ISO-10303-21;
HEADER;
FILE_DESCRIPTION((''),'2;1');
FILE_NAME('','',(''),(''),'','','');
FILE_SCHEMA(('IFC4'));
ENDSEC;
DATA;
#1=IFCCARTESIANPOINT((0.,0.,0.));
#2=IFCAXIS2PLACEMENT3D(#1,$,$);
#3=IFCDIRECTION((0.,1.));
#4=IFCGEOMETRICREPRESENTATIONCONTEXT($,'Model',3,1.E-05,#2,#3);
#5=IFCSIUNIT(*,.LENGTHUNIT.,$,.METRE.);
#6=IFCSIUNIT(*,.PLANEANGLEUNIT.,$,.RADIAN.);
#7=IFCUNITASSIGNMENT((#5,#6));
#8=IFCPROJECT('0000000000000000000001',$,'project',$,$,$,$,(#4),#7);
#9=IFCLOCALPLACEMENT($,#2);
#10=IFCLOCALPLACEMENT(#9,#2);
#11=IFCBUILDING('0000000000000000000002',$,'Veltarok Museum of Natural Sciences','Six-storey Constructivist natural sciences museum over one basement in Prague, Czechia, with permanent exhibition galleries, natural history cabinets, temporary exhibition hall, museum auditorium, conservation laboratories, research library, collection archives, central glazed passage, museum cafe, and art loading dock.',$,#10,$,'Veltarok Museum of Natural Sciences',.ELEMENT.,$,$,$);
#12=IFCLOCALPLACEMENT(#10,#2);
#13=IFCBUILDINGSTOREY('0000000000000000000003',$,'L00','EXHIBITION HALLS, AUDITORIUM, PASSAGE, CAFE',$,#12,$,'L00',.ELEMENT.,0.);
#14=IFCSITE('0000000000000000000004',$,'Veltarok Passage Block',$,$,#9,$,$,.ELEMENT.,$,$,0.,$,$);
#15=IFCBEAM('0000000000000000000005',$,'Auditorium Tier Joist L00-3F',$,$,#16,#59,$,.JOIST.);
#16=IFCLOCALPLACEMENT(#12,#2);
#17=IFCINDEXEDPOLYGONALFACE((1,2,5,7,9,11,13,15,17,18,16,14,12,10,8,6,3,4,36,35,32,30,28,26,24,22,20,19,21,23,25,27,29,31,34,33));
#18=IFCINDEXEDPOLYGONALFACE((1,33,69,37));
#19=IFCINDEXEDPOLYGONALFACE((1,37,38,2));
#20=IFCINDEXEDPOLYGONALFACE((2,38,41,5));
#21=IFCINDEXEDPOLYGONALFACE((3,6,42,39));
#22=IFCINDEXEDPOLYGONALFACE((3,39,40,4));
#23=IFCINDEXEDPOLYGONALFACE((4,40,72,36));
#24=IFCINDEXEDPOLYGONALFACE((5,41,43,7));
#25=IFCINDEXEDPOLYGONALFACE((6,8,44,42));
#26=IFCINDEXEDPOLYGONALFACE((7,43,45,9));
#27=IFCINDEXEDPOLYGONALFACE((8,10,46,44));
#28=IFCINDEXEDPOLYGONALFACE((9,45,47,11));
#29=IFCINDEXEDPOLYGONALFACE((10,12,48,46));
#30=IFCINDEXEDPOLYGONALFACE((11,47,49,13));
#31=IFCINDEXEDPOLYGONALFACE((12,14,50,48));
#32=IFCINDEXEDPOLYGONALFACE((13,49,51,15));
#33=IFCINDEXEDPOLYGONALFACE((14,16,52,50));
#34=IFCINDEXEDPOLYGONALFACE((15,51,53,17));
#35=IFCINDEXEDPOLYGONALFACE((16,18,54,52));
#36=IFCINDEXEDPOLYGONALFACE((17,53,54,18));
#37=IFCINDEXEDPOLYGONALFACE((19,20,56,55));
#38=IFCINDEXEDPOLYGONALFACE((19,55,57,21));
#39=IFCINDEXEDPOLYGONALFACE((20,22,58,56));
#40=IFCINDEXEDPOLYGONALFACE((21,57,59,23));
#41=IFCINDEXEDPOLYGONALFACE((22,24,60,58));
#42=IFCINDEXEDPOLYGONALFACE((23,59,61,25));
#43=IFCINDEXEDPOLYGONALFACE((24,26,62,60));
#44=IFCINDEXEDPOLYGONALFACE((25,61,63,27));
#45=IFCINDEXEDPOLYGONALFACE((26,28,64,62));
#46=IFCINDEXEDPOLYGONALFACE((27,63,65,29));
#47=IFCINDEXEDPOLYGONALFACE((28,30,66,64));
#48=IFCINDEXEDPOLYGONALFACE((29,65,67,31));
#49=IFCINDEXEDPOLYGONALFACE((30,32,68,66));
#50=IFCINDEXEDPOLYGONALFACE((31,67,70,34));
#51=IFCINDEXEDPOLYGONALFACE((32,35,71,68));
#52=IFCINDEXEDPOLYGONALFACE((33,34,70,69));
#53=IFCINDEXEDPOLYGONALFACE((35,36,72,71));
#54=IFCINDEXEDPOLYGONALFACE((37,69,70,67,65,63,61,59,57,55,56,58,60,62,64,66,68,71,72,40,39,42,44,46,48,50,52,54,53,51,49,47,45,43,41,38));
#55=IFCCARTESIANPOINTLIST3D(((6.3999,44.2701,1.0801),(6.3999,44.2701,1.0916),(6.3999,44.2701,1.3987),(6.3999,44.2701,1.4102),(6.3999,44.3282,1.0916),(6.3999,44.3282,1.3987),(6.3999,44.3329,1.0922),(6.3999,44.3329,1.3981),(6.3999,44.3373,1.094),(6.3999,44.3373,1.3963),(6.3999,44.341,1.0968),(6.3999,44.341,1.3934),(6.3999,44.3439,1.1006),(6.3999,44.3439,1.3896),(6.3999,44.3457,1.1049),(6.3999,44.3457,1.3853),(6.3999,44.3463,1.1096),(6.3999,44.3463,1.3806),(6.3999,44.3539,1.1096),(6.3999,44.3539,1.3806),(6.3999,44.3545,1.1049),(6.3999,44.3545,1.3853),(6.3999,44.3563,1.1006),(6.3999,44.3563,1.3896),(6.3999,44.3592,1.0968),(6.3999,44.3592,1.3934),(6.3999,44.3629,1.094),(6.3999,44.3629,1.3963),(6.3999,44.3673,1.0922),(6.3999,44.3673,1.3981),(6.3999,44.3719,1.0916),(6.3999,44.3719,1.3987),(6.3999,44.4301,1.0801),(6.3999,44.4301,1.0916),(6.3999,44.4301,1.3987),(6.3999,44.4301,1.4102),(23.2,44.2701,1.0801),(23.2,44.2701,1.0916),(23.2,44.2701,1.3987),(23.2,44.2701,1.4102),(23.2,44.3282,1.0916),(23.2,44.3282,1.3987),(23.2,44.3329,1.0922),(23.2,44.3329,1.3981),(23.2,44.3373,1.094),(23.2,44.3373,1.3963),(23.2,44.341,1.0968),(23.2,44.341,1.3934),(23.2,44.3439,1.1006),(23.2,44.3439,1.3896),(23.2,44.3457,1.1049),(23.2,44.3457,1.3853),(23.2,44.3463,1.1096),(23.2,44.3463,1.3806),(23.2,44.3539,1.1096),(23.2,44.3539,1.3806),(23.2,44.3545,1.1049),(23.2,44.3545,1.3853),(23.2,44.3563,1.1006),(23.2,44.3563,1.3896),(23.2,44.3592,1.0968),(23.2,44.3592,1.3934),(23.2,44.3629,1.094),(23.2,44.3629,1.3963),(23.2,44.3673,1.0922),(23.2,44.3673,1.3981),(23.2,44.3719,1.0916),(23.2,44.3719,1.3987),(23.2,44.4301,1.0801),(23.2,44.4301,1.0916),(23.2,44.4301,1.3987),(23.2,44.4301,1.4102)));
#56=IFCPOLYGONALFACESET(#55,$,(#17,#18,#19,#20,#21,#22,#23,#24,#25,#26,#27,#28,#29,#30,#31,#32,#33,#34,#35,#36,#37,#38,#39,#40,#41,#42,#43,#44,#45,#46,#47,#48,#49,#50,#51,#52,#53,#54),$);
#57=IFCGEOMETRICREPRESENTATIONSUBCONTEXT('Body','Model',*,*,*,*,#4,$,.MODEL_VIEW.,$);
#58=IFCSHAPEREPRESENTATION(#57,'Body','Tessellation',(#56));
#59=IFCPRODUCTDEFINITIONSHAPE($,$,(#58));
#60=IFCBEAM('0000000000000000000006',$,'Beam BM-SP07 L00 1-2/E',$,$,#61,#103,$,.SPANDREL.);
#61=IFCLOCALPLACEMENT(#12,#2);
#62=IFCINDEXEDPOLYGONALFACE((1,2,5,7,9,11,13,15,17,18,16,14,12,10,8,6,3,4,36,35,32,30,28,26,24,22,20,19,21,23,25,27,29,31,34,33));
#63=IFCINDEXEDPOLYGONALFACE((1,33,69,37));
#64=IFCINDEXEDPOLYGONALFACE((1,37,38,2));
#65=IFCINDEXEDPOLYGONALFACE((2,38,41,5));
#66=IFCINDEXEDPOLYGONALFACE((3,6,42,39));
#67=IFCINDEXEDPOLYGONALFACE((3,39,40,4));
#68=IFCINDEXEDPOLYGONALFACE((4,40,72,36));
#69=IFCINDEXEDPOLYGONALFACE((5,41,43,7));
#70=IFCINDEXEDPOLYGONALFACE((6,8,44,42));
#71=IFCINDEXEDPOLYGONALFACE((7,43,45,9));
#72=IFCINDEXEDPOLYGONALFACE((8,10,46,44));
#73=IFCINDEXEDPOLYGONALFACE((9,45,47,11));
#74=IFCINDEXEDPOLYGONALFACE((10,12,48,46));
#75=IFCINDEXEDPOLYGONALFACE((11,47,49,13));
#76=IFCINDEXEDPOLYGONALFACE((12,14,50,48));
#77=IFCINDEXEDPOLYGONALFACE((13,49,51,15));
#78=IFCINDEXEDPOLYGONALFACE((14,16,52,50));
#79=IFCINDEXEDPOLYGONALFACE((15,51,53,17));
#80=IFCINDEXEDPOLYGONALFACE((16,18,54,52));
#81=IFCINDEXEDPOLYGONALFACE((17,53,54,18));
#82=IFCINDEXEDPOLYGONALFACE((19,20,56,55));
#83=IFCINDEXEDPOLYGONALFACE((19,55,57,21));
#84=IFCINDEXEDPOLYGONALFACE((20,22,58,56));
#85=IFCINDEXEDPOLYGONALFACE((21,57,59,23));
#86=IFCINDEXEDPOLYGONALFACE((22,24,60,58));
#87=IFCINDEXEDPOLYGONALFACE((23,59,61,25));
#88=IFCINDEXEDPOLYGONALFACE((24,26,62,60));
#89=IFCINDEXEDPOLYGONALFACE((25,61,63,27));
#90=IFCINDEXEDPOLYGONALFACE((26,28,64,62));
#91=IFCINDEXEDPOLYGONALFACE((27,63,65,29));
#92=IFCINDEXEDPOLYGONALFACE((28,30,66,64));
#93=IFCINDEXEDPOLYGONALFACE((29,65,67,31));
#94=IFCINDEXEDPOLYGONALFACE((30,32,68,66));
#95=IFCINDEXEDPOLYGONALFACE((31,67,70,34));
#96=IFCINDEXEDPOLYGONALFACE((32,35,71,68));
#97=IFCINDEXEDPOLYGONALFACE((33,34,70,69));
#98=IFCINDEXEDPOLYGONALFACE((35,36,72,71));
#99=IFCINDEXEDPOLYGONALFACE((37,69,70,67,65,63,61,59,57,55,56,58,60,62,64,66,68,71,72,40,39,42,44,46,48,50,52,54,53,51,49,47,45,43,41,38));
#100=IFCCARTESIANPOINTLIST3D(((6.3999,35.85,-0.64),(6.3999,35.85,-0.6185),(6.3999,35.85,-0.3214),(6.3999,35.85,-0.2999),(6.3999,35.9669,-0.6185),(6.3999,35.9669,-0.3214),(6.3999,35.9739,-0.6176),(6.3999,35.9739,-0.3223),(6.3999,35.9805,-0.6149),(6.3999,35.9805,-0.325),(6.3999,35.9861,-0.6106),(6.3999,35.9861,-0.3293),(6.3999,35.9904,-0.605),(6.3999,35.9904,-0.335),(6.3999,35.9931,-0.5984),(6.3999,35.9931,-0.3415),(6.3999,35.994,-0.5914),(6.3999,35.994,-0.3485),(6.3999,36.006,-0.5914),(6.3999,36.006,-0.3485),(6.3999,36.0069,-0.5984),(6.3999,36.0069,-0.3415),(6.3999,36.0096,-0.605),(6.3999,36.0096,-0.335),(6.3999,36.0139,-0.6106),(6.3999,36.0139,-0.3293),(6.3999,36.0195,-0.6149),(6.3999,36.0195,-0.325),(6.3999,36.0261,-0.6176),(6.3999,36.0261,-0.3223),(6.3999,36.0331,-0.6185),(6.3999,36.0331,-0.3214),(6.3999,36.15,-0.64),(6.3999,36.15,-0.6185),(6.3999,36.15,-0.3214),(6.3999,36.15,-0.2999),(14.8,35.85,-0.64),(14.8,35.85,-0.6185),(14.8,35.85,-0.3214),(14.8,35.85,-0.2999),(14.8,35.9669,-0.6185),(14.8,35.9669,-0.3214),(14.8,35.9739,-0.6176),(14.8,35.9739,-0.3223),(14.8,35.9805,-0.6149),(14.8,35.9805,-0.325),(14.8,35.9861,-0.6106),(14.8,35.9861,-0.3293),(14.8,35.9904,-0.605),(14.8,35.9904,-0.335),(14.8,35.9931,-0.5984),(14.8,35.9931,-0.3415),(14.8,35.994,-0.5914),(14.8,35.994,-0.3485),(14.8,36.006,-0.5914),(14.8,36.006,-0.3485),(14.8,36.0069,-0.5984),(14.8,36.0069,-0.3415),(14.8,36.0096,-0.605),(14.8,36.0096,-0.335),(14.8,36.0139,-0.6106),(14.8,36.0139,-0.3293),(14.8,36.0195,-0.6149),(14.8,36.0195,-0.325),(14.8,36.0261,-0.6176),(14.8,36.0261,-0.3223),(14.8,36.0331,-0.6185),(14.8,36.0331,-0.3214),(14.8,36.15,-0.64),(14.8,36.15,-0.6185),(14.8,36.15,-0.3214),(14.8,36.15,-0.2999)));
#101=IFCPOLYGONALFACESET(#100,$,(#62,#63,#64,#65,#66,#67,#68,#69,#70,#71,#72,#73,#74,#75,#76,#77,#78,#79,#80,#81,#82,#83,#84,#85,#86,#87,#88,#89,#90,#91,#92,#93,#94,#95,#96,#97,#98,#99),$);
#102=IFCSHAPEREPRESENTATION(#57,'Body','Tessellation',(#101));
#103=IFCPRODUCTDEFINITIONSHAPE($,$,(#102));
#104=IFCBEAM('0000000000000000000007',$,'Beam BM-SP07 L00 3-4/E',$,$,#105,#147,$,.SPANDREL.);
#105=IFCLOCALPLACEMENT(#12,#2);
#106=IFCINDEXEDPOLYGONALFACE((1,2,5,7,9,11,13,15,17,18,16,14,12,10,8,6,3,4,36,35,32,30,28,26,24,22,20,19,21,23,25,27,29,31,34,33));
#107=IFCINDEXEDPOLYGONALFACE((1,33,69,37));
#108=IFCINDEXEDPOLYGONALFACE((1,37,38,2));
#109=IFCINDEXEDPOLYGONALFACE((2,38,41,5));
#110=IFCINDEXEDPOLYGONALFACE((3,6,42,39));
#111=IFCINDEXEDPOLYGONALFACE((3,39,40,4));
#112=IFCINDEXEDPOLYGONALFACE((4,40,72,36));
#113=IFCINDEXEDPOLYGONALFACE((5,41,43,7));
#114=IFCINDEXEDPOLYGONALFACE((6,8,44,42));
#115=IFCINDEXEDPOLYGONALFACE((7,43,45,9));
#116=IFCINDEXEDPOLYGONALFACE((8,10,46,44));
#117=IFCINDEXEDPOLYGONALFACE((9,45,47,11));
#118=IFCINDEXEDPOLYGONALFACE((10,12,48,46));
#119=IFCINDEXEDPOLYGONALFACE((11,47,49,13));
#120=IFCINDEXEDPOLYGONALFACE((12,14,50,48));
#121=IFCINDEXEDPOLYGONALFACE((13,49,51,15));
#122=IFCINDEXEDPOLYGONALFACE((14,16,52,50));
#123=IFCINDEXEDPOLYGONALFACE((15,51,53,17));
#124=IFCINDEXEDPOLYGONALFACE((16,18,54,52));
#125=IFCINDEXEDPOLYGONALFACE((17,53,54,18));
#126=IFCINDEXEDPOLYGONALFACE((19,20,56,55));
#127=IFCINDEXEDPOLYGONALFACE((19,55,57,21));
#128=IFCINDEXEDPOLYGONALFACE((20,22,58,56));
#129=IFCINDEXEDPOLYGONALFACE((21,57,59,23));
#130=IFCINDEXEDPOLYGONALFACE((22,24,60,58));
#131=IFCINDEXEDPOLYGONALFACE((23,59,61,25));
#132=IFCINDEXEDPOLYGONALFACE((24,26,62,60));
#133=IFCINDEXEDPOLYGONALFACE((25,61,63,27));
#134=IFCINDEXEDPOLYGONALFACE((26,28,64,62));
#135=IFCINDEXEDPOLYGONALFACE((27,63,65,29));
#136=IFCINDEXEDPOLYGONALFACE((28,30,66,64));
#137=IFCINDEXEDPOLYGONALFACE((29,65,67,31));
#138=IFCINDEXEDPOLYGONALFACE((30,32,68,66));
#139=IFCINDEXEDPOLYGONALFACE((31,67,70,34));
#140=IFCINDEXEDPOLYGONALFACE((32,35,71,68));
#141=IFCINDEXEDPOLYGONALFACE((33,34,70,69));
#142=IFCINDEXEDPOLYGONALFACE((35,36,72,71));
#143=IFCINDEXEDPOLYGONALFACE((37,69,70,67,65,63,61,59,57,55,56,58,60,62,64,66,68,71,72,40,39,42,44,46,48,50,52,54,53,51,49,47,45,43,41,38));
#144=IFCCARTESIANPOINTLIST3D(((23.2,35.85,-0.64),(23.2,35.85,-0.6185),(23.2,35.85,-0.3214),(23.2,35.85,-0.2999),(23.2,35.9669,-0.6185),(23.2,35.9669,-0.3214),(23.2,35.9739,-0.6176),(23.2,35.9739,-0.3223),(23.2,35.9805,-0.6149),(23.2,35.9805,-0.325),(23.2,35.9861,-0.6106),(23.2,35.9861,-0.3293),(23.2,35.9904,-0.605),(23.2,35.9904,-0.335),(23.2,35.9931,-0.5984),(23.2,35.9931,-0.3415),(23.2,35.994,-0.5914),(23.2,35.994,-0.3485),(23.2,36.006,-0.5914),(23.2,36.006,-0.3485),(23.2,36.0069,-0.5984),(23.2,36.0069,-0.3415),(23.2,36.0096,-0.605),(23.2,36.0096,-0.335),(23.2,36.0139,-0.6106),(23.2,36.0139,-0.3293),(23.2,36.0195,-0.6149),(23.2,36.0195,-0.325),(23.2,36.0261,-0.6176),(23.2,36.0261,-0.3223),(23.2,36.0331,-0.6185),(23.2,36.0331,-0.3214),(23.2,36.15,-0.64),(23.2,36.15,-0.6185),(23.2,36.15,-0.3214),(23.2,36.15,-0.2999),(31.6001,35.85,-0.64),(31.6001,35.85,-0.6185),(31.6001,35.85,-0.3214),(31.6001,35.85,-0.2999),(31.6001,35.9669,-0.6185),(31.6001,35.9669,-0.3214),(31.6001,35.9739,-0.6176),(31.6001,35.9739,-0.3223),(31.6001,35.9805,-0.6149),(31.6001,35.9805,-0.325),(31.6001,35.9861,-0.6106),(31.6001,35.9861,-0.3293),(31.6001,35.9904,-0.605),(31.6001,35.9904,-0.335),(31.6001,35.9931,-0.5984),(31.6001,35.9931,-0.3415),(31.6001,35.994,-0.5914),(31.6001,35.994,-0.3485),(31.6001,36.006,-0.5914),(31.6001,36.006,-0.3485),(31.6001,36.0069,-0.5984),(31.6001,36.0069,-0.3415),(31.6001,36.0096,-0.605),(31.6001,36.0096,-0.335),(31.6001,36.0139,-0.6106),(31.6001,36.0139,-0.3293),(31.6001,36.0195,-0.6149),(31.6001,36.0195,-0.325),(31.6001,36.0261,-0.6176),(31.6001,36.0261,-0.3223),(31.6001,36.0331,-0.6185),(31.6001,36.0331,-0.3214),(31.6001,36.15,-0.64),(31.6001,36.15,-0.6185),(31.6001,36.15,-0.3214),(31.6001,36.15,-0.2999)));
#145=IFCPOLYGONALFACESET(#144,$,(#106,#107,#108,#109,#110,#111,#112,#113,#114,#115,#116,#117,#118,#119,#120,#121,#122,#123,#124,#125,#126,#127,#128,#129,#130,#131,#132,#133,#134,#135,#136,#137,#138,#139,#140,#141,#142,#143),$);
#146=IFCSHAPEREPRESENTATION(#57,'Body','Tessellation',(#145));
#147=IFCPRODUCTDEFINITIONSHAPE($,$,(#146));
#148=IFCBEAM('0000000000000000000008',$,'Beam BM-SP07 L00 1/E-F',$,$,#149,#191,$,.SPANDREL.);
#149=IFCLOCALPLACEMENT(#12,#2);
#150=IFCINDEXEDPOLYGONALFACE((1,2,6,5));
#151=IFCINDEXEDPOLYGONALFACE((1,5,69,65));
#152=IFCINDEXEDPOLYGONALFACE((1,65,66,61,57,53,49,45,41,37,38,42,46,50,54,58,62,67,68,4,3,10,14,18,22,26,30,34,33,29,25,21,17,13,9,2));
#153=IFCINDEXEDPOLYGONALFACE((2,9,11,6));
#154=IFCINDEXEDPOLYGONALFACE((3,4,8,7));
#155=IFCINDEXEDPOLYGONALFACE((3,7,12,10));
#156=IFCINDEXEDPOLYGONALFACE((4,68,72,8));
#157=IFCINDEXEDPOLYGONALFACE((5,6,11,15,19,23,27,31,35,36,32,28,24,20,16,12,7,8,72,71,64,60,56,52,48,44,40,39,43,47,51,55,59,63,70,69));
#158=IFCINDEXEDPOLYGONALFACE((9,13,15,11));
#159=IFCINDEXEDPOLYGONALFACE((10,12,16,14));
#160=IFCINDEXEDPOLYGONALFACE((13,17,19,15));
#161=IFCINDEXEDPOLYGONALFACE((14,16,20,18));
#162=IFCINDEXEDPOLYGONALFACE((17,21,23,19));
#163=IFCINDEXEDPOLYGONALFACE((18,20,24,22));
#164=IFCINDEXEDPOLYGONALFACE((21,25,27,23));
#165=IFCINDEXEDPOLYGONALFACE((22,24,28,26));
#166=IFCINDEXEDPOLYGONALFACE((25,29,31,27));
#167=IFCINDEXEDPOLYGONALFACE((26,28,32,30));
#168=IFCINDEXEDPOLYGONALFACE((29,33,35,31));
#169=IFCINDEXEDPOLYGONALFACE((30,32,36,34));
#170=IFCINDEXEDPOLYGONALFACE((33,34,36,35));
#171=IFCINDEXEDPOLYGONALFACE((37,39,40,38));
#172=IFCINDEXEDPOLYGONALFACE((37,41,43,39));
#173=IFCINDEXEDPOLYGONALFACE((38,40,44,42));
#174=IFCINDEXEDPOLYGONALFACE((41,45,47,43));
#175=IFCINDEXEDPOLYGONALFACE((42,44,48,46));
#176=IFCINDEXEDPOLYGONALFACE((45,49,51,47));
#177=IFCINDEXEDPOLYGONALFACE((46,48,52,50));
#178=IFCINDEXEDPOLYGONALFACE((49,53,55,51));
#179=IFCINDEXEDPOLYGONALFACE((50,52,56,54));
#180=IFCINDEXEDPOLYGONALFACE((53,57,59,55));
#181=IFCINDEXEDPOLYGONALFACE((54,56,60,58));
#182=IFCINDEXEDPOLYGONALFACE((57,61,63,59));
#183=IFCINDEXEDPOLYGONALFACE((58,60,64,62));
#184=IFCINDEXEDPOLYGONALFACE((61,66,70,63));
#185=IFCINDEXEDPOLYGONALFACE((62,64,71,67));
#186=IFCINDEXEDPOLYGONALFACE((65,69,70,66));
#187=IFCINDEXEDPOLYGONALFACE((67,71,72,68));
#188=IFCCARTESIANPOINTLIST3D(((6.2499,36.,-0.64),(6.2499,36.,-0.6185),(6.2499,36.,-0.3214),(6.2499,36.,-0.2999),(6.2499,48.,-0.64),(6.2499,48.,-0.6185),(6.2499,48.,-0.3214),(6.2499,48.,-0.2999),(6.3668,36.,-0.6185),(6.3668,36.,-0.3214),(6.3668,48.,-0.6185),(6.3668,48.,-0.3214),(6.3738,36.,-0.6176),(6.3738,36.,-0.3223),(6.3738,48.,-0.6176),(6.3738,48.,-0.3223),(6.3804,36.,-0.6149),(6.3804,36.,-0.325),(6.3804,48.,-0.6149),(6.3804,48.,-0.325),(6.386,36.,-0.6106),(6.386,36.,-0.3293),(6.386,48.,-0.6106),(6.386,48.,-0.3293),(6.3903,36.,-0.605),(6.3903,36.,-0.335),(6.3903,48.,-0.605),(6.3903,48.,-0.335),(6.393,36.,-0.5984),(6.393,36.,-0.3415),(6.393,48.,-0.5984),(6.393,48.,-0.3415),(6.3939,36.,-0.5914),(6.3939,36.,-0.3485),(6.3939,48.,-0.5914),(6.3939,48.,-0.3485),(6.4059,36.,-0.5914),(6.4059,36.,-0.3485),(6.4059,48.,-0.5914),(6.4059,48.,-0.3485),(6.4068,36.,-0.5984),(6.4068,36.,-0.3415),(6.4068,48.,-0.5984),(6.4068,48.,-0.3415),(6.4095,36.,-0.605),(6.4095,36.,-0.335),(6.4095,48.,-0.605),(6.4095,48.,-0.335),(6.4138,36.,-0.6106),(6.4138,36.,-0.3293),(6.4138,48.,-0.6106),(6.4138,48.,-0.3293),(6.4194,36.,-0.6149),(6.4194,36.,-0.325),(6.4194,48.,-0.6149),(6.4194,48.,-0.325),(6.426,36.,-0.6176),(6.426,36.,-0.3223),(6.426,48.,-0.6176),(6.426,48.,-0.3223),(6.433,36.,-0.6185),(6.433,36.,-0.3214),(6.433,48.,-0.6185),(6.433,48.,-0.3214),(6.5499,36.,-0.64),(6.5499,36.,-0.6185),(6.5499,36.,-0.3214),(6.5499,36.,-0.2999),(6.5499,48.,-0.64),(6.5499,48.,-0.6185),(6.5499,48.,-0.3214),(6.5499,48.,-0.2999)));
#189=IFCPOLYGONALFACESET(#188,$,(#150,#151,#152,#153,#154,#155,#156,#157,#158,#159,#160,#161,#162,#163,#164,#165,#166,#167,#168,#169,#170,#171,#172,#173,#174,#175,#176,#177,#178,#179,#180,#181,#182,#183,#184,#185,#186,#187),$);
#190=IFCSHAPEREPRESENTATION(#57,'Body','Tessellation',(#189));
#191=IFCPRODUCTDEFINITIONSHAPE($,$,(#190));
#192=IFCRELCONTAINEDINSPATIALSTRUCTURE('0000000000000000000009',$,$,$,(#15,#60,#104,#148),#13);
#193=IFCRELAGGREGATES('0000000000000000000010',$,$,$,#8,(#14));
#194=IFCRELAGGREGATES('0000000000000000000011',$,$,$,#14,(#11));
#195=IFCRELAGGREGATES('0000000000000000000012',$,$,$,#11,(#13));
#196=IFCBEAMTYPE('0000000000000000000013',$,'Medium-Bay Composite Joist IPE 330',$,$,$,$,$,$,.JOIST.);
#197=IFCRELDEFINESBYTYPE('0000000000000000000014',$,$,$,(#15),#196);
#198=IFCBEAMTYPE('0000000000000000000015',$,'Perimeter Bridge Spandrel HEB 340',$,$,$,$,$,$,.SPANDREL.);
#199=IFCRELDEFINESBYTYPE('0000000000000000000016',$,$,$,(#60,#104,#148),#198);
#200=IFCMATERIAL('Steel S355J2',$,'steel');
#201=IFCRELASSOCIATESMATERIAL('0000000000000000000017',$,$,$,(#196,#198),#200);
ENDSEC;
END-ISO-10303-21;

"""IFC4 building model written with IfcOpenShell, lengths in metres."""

from ifc_helpers import new_model, si_unit, direction, frame, origin, origin_2d, place, context, subcontext, project, spatial, i_section, extrude, material, material_profile, profile_set, type_object, element, save


model = new_model("IFC4")

# Units and contexts
model_context = context("Model", 3, precision=1e-05, world=origin(), true_north=direction((0.0, 1.0)))
body_context = subcontext(model_context, "Body", "Model", "MODEL_VIEW")
ifc_project = project(units=[si_unit("LENGTHUNIT", "METRE"), si_unit("PLANEANGLEUNIT", "RADIAN")], contexts=[model_context])

# Site, building, storey
site_placement = place(None, origin())
site = spatial("IfcSite", under=ifc_project, at=site_placement, Name="Veltarok Passage Block", CompositionType="ELEMENT", RefElevation=0.0)
building_placement = place(site_placement, origin())
building = spatial("IfcBuilding", under=site, at=building_placement, Name="Veltarok Museum of Natural Sciences", Description="Six-storey Constructivist natural sciences museum over one basement in Prague, Czechia, with permanent exhibition galleries, natural history cabinets, temporary exhibition hall, museum auditorium, conservation laboratories, research library, collection archives, central glazed passage, museum cafe, and art loading dock.", LongName="Veltarok Museum of Natural Sciences", CompositionType="ELEMENT")
storey_placement = place(building_placement, origin())
storey = spatial("IfcBuildingStorey", under=building, at=storey_placement, Name="L00", Description="EXHIBITION HALLS, AUDITORIUM, PASSAGE, CAFE", LongName="L00", CompositionType="ELEMENT", Elevation=0.0)

# Shared definitions
ifc_material_1 = material(Name="Steel S355J2", Category="steel")

# Beams
ifc_material_profile_1 = material_profile(ifc_material_1, i_section(OverallWidth=0.1599, OverallDepth=0.3301, WebThickness=0.0076, FlangeThickness=0.0115, FilletRadius=0.0181, at=origin_2d()), Name="IPE 330")
ifc_profile_set_1 = profile_set([ifc_material_profile_1], Name="Steel S355J2")
beam_type_1 = type_object("IfcBeamType", Name="Medium-Bay Composite Joist IPE 330", PredefinedType="JOIST", material=ifc_profile_set_1)
for number, where, z_axis, x_axis, name in (
    (1, (6.3999, 44.3501, 1.2451), (1.0, 0.0, 0.0), (0.0, 1.0, 0.0), "Auditorium Tier Joist L00-3F"),
):
    element("IfcBeam", number, at=place(storey_placement, frame(where, z_axis=z_axis, x_axis=x_axis)), inside=storey, type_object=beam_type_1, Name=name, PredefinedType="JOIST", context=body_context, shape_type="SweptSolid", body=[
        extrude(i_section(OverallWidth=0.1599, OverallDepth=0.3301, WebThickness=0.0076, FlangeThickness=0.0115, FilletRadius=0.0181, at=origin_2d()), origin(), (0.0, 0.0, 1.0), 16.8),
    ])
ifc_material_profile_2 = material_profile(ifc_material_1, i_section(OverallWidth=0.3, OverallDepth=0.3401, WebThickness=0.012, FlangeThickness=0.0215, FilletRadius=0.0271, at=origin_2d()), Name="HEB 340")
ifc_profile_set_2 = profile_set([ifc_material_profile_2], Name="Steel S355J2")
beam_type_2 = type_object("IfcBeamType", Name="Perimeter Bridge Spandrel HEB 340", PredefinedType="SPANDREL", material=ifc_profile_set_2)
for number, where, z_axis, x_axis, name in (
    (2, (6.3999, 36.0, -0.47), (1.0, 0.0, 0.0), (0.0, 1.0, 0.0), "Beam BM-SP07 L00 1-2/E"),
    (3, (23.2, 36.0, -0.47), (1.0, 0.0, 0.0), (0.0, 1.0, 0.0), "Beam BM-SP07 L00 3-4/E"),
):
    element("IfcBeam", number, at=place(storey_placement, frame(where, z_axis=z_axis, x_axis=x_axis)), inside=storey, type_object=beam_type_2, Name=name, PredefinedType="SPANDREL", context=body_context, shape_type="SweptSolid", body=[
        extrude(i_section(OverallWidth=0.3, OverallDepth=0.3401, WebThickness=0.012, FlangeThickness=0.0215, FilletRadius=0.0271, at=origin_2d()), origin(), (0.0, 0.0, 1.0), 8.4001),
    ])
beam_1_placement = place(storey_placement, frame((6.3999, 36.0, -0.47), z_axis=(0.0, 1.0, 0.0), x_axis=(-1.0, 0.0, 0.0)))
element("IfcBeam", 4, at=beam_1_placement, inside=storey, type_object=beam_type_2, Name="Beam BM-SP07 L00 1/E-F", PredefinedType="SPANDREL", context=body_context, shape_type="SweptSolid", body=[
    extrude(i_section(OverallWidth=0.3, OverallDepth=0.3401, WebThickness=0.012, FlangeThickness=0.0215, FilletRadius=0.0271, at=origin_2d()), origin(), (0.0, 0.0, 1.0), 12.0),
])

save(model, "model.ifc")
